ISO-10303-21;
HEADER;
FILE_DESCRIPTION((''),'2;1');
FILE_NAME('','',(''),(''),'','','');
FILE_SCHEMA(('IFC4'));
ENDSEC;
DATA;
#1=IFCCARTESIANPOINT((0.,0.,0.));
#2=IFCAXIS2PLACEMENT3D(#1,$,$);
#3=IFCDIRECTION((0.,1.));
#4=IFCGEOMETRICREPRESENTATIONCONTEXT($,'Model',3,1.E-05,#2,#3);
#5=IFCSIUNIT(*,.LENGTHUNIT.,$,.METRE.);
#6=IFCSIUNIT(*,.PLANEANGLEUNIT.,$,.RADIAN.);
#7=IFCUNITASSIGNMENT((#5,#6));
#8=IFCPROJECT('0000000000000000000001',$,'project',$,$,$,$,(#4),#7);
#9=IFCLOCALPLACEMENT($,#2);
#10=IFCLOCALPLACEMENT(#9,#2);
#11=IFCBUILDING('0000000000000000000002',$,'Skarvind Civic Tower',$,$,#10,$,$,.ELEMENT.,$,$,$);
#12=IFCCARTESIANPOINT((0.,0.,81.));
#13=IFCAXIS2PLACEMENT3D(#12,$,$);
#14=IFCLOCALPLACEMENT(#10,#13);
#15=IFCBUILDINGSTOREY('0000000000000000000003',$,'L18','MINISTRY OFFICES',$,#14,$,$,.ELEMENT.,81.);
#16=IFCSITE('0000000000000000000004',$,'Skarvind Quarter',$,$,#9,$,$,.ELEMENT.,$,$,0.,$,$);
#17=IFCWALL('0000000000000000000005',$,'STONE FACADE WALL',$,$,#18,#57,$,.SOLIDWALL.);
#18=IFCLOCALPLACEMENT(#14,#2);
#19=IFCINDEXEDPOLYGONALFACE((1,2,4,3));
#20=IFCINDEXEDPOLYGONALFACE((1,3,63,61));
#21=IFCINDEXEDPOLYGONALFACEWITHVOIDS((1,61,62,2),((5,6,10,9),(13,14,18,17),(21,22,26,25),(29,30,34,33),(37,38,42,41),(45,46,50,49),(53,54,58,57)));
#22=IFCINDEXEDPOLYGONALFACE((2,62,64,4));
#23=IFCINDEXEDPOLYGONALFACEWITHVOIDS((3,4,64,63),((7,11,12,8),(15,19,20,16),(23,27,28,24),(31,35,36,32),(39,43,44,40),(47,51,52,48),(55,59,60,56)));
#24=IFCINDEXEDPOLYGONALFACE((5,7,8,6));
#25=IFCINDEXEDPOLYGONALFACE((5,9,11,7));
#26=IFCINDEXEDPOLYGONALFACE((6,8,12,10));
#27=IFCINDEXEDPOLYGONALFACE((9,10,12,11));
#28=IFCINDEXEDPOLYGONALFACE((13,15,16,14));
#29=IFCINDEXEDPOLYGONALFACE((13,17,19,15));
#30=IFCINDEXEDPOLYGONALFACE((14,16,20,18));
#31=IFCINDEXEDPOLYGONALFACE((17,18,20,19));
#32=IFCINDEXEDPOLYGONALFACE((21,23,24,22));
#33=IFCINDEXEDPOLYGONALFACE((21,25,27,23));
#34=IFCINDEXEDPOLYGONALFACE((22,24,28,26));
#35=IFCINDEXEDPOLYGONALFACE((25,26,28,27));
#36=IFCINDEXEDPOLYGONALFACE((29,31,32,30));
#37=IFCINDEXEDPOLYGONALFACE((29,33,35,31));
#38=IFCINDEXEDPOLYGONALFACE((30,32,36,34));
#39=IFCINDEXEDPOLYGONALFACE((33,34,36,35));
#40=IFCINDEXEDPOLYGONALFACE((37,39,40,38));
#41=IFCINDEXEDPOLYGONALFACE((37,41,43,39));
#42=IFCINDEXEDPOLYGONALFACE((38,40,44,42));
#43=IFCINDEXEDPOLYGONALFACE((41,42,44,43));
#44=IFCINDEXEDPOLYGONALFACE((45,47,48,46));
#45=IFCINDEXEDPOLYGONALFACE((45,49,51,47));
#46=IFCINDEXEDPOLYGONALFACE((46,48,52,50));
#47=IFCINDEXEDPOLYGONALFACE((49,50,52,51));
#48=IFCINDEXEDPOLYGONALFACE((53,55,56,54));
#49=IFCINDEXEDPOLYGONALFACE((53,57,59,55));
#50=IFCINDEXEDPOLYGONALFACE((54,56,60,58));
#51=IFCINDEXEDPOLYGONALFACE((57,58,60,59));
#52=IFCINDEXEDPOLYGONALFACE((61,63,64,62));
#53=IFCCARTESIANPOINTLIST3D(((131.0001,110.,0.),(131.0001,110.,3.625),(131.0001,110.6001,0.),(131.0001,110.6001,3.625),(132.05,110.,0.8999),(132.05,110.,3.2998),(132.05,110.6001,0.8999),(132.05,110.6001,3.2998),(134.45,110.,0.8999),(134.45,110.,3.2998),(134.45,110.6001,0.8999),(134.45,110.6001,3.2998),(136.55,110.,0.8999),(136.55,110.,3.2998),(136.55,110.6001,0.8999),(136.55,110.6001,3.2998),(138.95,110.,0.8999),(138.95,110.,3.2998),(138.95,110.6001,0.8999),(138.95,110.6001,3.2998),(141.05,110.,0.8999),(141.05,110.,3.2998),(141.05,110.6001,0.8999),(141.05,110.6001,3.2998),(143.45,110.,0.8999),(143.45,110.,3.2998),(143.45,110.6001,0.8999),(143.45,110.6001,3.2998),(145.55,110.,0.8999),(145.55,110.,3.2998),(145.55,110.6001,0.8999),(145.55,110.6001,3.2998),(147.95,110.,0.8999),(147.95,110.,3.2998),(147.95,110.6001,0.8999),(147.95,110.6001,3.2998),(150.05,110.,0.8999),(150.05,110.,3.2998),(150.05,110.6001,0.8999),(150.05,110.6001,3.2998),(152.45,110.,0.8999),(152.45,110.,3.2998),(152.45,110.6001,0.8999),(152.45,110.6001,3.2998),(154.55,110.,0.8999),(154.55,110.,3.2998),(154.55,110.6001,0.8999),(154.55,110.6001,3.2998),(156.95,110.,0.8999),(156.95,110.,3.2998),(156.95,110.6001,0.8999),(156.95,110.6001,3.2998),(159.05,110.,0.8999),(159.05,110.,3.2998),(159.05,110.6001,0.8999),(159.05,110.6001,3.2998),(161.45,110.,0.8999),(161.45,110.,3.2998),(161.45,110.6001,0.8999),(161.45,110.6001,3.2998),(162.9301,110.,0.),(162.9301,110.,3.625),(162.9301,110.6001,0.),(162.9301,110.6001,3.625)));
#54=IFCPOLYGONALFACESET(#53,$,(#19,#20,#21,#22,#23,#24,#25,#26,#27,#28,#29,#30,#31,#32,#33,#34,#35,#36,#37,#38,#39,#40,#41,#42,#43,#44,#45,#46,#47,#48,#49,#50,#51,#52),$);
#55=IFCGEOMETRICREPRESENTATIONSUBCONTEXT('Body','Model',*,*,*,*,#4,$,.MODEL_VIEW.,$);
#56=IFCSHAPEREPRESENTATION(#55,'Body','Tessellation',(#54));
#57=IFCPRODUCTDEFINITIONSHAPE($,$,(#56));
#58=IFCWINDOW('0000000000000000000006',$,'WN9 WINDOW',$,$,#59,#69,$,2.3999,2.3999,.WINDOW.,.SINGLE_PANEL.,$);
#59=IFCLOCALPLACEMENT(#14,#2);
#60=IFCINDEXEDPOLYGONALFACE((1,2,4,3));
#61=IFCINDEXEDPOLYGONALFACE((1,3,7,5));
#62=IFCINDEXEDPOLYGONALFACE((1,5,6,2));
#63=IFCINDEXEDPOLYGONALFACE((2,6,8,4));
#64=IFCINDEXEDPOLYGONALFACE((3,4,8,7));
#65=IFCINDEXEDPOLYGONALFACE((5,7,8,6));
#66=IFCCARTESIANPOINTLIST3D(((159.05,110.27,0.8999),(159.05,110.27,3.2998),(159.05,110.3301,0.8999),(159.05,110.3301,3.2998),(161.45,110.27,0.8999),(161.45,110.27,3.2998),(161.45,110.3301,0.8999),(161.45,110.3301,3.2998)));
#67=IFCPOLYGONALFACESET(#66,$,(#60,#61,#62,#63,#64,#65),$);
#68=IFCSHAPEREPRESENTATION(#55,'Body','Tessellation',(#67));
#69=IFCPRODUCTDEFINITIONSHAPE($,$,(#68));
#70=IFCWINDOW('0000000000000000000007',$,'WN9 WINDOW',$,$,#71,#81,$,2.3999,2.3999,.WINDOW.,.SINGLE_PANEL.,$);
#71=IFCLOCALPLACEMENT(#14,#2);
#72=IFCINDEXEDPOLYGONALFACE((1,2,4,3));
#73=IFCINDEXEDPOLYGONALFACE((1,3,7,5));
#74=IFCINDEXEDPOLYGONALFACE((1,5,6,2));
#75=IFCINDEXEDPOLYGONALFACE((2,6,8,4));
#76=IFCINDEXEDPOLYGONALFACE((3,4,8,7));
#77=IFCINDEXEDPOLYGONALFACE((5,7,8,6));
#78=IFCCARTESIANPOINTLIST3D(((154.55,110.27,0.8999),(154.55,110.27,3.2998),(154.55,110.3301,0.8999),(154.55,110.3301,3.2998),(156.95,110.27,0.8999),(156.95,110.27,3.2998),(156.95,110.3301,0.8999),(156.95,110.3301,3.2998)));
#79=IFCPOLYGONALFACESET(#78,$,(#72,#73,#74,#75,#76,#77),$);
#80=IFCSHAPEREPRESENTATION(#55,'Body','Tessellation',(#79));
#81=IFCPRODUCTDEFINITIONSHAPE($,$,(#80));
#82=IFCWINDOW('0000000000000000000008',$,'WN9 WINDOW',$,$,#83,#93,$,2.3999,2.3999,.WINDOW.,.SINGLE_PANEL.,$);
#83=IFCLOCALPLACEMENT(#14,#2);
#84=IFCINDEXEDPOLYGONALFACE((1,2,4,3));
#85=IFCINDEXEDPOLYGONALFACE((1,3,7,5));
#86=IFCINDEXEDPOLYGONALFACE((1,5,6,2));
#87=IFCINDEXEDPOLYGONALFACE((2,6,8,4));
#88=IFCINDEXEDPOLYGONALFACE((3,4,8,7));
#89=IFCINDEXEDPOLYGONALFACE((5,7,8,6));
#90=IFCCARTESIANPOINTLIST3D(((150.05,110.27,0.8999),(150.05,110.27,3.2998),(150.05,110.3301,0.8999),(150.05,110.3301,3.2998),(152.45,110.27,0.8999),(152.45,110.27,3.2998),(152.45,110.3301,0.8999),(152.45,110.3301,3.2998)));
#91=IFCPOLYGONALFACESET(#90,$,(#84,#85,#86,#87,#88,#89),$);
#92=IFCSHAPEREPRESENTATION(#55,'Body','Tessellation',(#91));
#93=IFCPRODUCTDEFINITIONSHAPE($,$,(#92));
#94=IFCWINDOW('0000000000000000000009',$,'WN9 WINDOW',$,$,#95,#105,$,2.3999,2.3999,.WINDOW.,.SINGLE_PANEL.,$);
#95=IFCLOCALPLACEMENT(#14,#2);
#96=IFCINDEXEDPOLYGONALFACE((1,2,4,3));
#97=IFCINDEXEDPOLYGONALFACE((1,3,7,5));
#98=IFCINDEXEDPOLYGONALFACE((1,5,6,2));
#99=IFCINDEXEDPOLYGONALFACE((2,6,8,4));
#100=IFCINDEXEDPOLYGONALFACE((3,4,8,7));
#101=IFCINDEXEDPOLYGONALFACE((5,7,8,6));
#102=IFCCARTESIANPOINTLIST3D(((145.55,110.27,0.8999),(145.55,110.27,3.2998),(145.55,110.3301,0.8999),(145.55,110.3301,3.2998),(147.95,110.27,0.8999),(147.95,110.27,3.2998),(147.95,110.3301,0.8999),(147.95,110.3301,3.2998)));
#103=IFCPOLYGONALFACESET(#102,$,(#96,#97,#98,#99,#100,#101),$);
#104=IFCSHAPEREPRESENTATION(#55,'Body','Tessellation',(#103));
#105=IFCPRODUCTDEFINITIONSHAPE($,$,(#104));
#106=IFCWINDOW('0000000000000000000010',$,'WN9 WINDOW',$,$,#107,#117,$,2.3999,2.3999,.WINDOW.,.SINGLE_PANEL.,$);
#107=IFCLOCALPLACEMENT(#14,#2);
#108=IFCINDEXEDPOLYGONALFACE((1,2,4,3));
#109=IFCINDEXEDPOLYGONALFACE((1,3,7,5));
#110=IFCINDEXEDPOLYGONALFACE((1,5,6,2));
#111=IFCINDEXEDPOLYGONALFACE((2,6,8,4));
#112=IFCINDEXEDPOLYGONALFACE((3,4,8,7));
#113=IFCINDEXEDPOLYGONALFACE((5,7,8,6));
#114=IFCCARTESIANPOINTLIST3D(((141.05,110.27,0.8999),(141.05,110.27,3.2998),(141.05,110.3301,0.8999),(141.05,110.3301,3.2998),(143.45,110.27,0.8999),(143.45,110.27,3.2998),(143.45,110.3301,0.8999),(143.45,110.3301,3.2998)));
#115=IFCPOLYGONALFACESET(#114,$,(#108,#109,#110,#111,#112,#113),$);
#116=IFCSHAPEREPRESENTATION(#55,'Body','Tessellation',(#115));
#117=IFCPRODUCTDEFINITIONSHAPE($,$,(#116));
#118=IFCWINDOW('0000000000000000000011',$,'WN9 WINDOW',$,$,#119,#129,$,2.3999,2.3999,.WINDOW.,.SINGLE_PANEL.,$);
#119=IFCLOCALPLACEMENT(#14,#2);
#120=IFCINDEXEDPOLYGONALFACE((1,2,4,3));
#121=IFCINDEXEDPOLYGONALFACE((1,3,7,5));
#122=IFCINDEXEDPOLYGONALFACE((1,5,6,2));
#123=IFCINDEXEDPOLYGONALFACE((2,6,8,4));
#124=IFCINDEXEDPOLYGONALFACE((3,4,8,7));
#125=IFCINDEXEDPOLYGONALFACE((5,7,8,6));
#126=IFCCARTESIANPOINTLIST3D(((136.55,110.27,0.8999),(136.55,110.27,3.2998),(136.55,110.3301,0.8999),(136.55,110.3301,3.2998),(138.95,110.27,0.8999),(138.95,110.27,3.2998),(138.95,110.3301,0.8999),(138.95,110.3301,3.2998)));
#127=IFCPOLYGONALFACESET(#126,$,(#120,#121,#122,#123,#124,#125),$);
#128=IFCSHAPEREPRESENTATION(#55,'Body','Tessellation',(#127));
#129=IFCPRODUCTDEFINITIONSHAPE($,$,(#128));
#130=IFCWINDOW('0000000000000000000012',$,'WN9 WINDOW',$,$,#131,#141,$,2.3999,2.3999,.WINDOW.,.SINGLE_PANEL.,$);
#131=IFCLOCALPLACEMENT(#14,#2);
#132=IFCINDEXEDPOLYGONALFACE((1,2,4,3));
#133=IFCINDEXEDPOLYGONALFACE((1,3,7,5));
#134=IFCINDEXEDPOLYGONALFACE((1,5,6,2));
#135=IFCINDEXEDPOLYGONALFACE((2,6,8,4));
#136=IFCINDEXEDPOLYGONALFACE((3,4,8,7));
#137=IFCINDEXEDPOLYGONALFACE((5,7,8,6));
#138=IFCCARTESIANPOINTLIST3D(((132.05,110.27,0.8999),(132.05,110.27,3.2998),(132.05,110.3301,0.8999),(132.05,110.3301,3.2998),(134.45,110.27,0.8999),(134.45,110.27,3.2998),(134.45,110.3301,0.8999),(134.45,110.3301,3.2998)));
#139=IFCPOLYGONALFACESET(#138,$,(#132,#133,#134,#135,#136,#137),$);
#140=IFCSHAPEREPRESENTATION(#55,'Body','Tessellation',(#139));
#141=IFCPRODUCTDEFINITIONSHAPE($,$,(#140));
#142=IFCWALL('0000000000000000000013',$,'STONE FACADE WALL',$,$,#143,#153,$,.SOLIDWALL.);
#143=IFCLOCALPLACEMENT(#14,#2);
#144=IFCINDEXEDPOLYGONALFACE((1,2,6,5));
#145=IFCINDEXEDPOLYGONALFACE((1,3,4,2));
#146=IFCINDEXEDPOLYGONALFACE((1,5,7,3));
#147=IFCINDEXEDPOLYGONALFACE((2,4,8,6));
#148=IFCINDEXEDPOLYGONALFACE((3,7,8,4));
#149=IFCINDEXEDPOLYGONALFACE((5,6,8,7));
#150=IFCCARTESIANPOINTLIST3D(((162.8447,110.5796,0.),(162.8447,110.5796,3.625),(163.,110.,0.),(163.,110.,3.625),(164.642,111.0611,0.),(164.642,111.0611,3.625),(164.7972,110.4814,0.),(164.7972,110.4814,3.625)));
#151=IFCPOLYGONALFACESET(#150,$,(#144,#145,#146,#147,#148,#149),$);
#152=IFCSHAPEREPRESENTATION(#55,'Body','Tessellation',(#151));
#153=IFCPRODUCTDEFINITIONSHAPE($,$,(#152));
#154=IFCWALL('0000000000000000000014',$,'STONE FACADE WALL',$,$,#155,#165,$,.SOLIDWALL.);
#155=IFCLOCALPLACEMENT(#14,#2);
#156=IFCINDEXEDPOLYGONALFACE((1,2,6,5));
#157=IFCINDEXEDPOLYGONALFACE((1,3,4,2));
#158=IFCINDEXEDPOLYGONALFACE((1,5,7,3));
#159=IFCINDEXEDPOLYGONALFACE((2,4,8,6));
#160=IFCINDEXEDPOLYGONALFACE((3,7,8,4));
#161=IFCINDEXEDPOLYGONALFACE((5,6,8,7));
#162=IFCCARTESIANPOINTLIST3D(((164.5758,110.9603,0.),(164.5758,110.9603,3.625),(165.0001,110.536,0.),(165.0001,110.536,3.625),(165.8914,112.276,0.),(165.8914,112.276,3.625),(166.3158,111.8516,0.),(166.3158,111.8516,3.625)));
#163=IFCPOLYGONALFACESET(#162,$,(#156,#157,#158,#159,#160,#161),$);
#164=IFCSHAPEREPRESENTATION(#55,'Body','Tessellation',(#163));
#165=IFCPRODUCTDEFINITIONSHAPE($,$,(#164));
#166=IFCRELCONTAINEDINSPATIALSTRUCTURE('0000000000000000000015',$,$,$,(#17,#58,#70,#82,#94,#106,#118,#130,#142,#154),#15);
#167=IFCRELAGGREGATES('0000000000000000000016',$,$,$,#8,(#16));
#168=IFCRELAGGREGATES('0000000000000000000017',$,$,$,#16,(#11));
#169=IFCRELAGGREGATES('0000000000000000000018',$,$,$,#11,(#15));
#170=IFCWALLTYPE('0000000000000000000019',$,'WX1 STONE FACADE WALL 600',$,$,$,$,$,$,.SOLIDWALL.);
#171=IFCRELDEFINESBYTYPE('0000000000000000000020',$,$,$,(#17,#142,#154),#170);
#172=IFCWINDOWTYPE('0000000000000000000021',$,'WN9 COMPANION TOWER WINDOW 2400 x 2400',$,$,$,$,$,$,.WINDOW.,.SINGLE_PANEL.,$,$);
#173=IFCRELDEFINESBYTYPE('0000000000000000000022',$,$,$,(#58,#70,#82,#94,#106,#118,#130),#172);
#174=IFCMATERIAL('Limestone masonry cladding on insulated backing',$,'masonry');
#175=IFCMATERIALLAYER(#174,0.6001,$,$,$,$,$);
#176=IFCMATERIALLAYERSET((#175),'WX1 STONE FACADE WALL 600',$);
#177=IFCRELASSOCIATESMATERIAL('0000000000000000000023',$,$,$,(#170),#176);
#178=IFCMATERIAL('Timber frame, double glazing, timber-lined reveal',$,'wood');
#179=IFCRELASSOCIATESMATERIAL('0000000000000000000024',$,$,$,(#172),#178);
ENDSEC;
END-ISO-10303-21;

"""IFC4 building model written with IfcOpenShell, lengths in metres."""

from ifc_helpers import new_model, si_unit, direction, frame, frame_2d, origin, place, context, subcontext, project, spatial, rectangle, extrude, material, layer, layer_set, type_object, element, fill, save


model = new_model("IFC4")

# Units and contexts
model_context = context("Model", 3, precision=1e-05, world=origin(), true_north=direction((0.0, 1.0)))
body_context = subcontext(model_context, "Body", "Model", "MODEL_VIEW")
ifc_project = project(units=[si_unit("LENGTHUNIT", "METRE"), si_unit("PLANEANGLEUNIT", "RADIAN")], contexts=[model_context])

# Site, building, storey
site_placement = place(None, origin())
site = spatial("IfcSite", under=ifc_project, at=site_placement, Name="Skarvind Quarter", CompositionType="ELEMENT", RefElevation=0.0)
building_placement = place(site_placement, origin())
building = spatial("IfcBuilding", under=site, at=building_placement, Name="Skarvind Civic Tower", CompositionType="ELEMENT")
storey_placement = place(building_placement, frame((0.0, 0.0, 81.0)))
storey = spatial("IfcBuildingStorey", under=building, at=storey_placement, Name="L18", Description="MINISTRY OFFICES", CompositionType="ELEMENT", Elevation=81.0)

# Wall, openings, windows
ifc_material_1 = material(Name="Limestone masonry cladding on insulated backing", Category="masonry")
ifc_layer_1 = layer(ifc_material_1, 0.6001)
ifc_layer_set_1 = layer_set([ifc_layer_1], Name="WX1 STONE FACADE WALL 600")
wall_type_1 = type_object("IfcWallType", Name="WX1 STONE FACADE WALL 600", PredefinedType="SOLIDWALL", material=ifc_layer_set_1)
wall_1_placement = place(storey_placement, frame((162.9299, 110.3, 0.0), z_axis=(0.0, 0.0, 1.0), x_axis=(-1.0, 0.0, 0.0)))
wall_1 = element("IfcWall", 1, at=wall_1_placement, inside=storey, type_object=wall_type_1, Name="STONE FACADE WALL", PredefinedType="SOLIDWALL", context=body_context, shape_type="SweptSolid", body=[
    extrude(rectangle(XDim=31.9299, YDim=0.6001, at=frame_2d((15.9648, 0.0))), origin(), (0.0, 0.0, 1.0), 3.625),
])
opening_1_placement = place(wall_1_placement, frame((1.48, 0.0, 0.8999)))
opening_1 = element("IfcOpeningElement", 2, at=opening_1_placement, cuts=wall_1, PredefinedType="OPENING", context=body_context, shape_type="SweptSolid", body=[
    extrude(rectangle(XDim=2.3999, YDim=2.3999, at=frame_2d((1.2, 1.2))), frame((0.0, 0.3101, 0.0), z_axis=(0.0, -1.0, 0.0), x_axis=(1.0, 0.0, 0.0)), (0.0, 0.0, 1.0), 0.6201),
])
opening_2_placement = place(wall_1_placement, frame((5.98, 0.0, 0.8999)))
opening_2 = element("IfcOpeningElement", 3, at=opening_2_placement, cuts=wall_1, PredefinedType="OPENING", context=body_context, shape_type="SweptSolid", body=[
    extrude(rectangle(XDim=2.3999, YDim=2.3999, at=frame_2d((1.2, 1.2))), frame((0.0, 0.3101, 0.0), z_axis=(0.0, -1.0, 0.0), x_axis=(1.0, 0.0, 0.0)), (0.0, 0.0, 1.0), 0.6201),
])
opening_3_placement = place(wall_1_placement, frame((10.48, 0.0, 0.8999)))
opening_3 = element("IfcOpeningElement", 4, at=opening_3_placement, cuts=wall_1, PredefinedType="OPENING", context=body_context, shape_type="SweptSolid", body=[
    extrude(rectangle(XDim=2.3999, YDim=2.3999, at=frame_2d((1.2, 1.2))), frame((0.0, 0.3101, 0.0), z_axis=(0.0, -1.0, 0.0), x_axis=(1.0, 0.0, 0.0)), (0.0, 0.0, 1.0), 0.6201),
])
opening_4_placement = place(wall_1_placement, frame((14.98, 0.0, 0.8999)))
opening_4 = element("IfcOpeningElement", 5, at=opening_4_placement, cuts=wall_1, PredefinedType="OPENING", context=body_context, shape_type="SweptSolid", body=[
    extrude(rectangle(XDim=2.3999, YDim=2.3999, at=frame_2d((1.2, 1.2))), frame((0.0, 0.3101, 0.0), z_axis=(0.0, -1.0, 0.0), x_axis=(1.0, 0.0, 0.0)), (0.0, 0.0, 1.0), 0.6201),
])
opening_5_placement = place(wall_1_placement, frame((19.48, 0.0, 0.8999)))
opening_5 = element("IfcOpeningElement", 6, at=opening_5_placement, cuts=wall_1, PredefinedType="OPENING", context=body_context, shape_type="SweptSolid", body=[
    extrude(rectangle(XDim=2.3999, YDim=2.3999, at=frame_2d((1.2, 1.2))), frame((0.0, 0.3101, 0.0), z_axis=(0.0, -1.0, 0.0), x_axis=(1.0, 0.0, 0.0)), (0.0, 0.0, 1.0), 0.6201),
])
opening_6_placement = place(wall_1_placement, frame((23.98, 0.0, 0.8999)))
opening_6 = element("IfcOpeningElement", 7, at=opening_6_placement, cuts=wall_1, PredefinedType="OPENING", context=body_context, shape_type="SweptSolid", body=[
    extrude(rectangle(XDim=2.3999, YDim=2.3999, at=frame_2d((1.2, 1.2))), frame((0.0, 0.3101, 0.0), z_axis=(0.0, -1.0, 0.0), x_axis=(1.0, 0.0, 0.0)), (0.0, 0.0, 1.0), 0.6201),
])
opening_7_placement = place(wall_1_placement, frame((28.48, 0.0, 0.8999)))
opening_7 = element("IfcOpeningElement", 8, at=opening_7_placement, cuts=wall_1, PredefinedType="OPENING", context=body_context, shape_type="SweptSolid", body=[
    extrude(rectangle(XDim=2.3999, YDim=2.3999, at=frame_2d((1.2, 1.2))), frame((0.0, 0.3101, 0.0), z_axis=(0.0, -1.0, 0.0), x_axis=(1.0, 0.0, 0.0)), (0.0, 0.0, 1.0), 0.6201),
])
ifc_material_2 = material(Name="Timber frame, double glazing, timber-lined reveal", Category="wood")
window_type = type_object("IfcWindowType", Name="WN9 COMPANION TOWER WINDOW 2400 x 2400", PartitioningType="SINGLE_PANEL", PredefinedType="WINDOW", material=ifc_material_2)
window_1_placement = place(opening_1_placement, origin())
window_1 = element("IfcWindow", 9, at=window_1_placement, inside=storey, type_object=window_type, Name="WN9 WINDOW", OverallHeight=2.3999, OverallWidth=2.3999, PartitioningType="SINGLE_PANEL", PredefinedType="WINDOW", context=body_context, shape_type="SweptSolid", body=[
    extrude(rectangle(XDim=2.3999, YDim=2.3999, at=frame_2d((1.2, 1.2))), frame((0.0, 0.03, 0.0), z_axis=(0.0, -1.0, 0.0), x_axis=(1.0, 0.0, 0.0)), (0.0, 0.0, 1.0), 0.0601),
])
fill(opening_1, window_1)
window_2_placement = place(opening_2_placement, origin())
window_2 = element("IfcWindow", 10, at=window_2_placement, inside=storey, type_object=window_type, Name="WN9 WINDOW", OverallHeight=2.3999, OverallWidth=2.3999, PartitioningType="SINGLE_PANEL", PredefinedType="WINDOW", context=body_context, shape_type="SweptSolid", body=[
    extrude(rectangle(XDim=2.3999, YDim=2.3999, at=frame_2d((1.2, 1.2))), frame((0.0, 0.03, 0.0), z_axis=(0.0, -1.0, 0.0), x_axis=(1.0, 0.0, 0.0)), (0.0, 0.0, 1.0), 0.0601),
])
fill(opening_2, window_2)
window_3_placement = place(opening_3_placement, origin())
window_3 = element("IfcWindow", 11, at=window_3_placement, inside=storey, type_object=window_type, Name="WN9 WINDOW", OverallHeight=2.3999, OverallWidth=2.3999, PartitioningType="SINGLE_PANEL", PredefinedType="WINDOW", context=body_context, shape_type="SweptSolid", body=[
    extrude(rectangle(XDim=2.3999, YDim=2.3999, at=frame_2d((1.2, 1.2))), frame((0.0, 0.03, 0.0), z_axis=(0.0, -1.0, 0.0), x_axis=(1.0, 0.0, 0.0)), (0.0, 0.0, 1.0), 0.0601),
])
fill(opening_3, window_3)
window_4_placement = place(opening_4_placement, origin())
window_4 = element("IfcWindow", 12, at=window_4_placement, inside=storey, type_object=window_type, Name="WN9 WINDOW", OverallHeight=2.3999, OverallWidth=2.3999, PartitioningType="SINGLE_PANEL", PredefinedType="WINDOW", context=body_context, shape_type="SweptSolid", body=[
    extrude(rectangle(XDim=2.3999, YDim=2.3999, at=frame_2d((1.2, 1.2))), frame((0.0, 0.03, 0.0), z_axis=(0.0, -1.0, 0.0), x_axis=(1.0, 0.0, 0.0)), (0.0, 0.0, 1.0), 0.0601),
])
fill(opening_4, window_4)
window_5_placement = place(opening_5_placement, origin())
window_5 = element("IfcWindow", 13, at=window_5_placement, inside=storey, type_object=window_type, Name="WN9 WINDOW", OverallHeight=2.3999, OverallWidth=2.3999, PartitioningType="SINGLE_PANEL", PredefinedType="WINDOW", context=body_context, shape_type="SweptSolid", body=[
    extrude(rectangle(XDim=2.3999, YDim=2.3999, at=frame_2d((1.2, 1.2))), frame((0.0, 0.03, 0.0), z_axis=(0.0, -1.0, 0.0), x_axis=(1.0, 0.0, 0.0)), (0.0, 0.0, 1.0), 0.0601),
])
fill(opening_5, window_5)
window_6_placement = place(opening_6_placement, origin())
window_6 = element("IfcWindow", 14, at=window_6_placement, inside=storey, type_object=window_type, Name="WN9 WINDOW", OverallHeight=2.3999, OverallWidth=2.3999, PartitioningType="SINGLE_PANEL", PredefinedType="WINDOW", context=body_context, shape_type="SweptSolid", body=[
    extrude(rectangle(XDim=2.3999, YDim=2.3999, at=frame_2d((1.2, 1.2))), frame((0.0, 0.03, 0.0), z_axis=(0.0, -1.0, 0.0), x_axis=(1.0, 0.0, 0.0)), (0.0, 0.0, 1.0), 0.0601),
])
fill(opening_6, window_6)
window_7_placement = place(opening_7_placement, origin())
window_7 = element("IfcWindow", 15, at=window_7_placement, inside=storey, type_object=window_type, Name="WN9 WINDOW", OverallHeight=2.3999, OverallWidth=2.3999, PartitioningType="SINGLE_PANEL", PredefinedType="WINDOW", context=body_context, shape_type="SweptSolid", body=[
    extrude(rectangle(XDim=2.3999, YDim=2.3999, at=frame_2d((1.2, 1.2))), frame((0.0, 0.03, 0.0), z_axis=(0.0, -1.0, 0.0), x_axis=(1.0, 0.0, 0.0)), (0.0, 0.0, 1.0), 0.0601),
])
fill(opening_7, window_7)

# Walls
for number, where, z_axis, x_axis, name in (
    (16, (164.7195, 110.7712, 0.0), (0.0, 0.0, 1.0), (-0.965938, -0.258773, 0.0), "STONE FACADE WALL"),
    (17, (166.1035, 112.0637, 0.0), (0.0, 0.0, 1.0), (-0.707107, -0.707107, 0.0), "STONE FACADE WALL"),
):
    element("IfcWall", number, at=place(storey_placement, frame(where, z_axis=z_axis, x_axis=x_axis)), inside=storey, type_object=wall_type_1, Name=name, PredefinedType="SOLIDWALL", context=body_context, shape_type="SweptSolid", body=[
        extrude(rectangle(XDim=1.8606, YDim=0.6001, at=frame_2d((0.9302, 0.0))), origin(), (0.0, 0.0, 1.0), 3.625),
    ])

save(model, "model.ifc")
